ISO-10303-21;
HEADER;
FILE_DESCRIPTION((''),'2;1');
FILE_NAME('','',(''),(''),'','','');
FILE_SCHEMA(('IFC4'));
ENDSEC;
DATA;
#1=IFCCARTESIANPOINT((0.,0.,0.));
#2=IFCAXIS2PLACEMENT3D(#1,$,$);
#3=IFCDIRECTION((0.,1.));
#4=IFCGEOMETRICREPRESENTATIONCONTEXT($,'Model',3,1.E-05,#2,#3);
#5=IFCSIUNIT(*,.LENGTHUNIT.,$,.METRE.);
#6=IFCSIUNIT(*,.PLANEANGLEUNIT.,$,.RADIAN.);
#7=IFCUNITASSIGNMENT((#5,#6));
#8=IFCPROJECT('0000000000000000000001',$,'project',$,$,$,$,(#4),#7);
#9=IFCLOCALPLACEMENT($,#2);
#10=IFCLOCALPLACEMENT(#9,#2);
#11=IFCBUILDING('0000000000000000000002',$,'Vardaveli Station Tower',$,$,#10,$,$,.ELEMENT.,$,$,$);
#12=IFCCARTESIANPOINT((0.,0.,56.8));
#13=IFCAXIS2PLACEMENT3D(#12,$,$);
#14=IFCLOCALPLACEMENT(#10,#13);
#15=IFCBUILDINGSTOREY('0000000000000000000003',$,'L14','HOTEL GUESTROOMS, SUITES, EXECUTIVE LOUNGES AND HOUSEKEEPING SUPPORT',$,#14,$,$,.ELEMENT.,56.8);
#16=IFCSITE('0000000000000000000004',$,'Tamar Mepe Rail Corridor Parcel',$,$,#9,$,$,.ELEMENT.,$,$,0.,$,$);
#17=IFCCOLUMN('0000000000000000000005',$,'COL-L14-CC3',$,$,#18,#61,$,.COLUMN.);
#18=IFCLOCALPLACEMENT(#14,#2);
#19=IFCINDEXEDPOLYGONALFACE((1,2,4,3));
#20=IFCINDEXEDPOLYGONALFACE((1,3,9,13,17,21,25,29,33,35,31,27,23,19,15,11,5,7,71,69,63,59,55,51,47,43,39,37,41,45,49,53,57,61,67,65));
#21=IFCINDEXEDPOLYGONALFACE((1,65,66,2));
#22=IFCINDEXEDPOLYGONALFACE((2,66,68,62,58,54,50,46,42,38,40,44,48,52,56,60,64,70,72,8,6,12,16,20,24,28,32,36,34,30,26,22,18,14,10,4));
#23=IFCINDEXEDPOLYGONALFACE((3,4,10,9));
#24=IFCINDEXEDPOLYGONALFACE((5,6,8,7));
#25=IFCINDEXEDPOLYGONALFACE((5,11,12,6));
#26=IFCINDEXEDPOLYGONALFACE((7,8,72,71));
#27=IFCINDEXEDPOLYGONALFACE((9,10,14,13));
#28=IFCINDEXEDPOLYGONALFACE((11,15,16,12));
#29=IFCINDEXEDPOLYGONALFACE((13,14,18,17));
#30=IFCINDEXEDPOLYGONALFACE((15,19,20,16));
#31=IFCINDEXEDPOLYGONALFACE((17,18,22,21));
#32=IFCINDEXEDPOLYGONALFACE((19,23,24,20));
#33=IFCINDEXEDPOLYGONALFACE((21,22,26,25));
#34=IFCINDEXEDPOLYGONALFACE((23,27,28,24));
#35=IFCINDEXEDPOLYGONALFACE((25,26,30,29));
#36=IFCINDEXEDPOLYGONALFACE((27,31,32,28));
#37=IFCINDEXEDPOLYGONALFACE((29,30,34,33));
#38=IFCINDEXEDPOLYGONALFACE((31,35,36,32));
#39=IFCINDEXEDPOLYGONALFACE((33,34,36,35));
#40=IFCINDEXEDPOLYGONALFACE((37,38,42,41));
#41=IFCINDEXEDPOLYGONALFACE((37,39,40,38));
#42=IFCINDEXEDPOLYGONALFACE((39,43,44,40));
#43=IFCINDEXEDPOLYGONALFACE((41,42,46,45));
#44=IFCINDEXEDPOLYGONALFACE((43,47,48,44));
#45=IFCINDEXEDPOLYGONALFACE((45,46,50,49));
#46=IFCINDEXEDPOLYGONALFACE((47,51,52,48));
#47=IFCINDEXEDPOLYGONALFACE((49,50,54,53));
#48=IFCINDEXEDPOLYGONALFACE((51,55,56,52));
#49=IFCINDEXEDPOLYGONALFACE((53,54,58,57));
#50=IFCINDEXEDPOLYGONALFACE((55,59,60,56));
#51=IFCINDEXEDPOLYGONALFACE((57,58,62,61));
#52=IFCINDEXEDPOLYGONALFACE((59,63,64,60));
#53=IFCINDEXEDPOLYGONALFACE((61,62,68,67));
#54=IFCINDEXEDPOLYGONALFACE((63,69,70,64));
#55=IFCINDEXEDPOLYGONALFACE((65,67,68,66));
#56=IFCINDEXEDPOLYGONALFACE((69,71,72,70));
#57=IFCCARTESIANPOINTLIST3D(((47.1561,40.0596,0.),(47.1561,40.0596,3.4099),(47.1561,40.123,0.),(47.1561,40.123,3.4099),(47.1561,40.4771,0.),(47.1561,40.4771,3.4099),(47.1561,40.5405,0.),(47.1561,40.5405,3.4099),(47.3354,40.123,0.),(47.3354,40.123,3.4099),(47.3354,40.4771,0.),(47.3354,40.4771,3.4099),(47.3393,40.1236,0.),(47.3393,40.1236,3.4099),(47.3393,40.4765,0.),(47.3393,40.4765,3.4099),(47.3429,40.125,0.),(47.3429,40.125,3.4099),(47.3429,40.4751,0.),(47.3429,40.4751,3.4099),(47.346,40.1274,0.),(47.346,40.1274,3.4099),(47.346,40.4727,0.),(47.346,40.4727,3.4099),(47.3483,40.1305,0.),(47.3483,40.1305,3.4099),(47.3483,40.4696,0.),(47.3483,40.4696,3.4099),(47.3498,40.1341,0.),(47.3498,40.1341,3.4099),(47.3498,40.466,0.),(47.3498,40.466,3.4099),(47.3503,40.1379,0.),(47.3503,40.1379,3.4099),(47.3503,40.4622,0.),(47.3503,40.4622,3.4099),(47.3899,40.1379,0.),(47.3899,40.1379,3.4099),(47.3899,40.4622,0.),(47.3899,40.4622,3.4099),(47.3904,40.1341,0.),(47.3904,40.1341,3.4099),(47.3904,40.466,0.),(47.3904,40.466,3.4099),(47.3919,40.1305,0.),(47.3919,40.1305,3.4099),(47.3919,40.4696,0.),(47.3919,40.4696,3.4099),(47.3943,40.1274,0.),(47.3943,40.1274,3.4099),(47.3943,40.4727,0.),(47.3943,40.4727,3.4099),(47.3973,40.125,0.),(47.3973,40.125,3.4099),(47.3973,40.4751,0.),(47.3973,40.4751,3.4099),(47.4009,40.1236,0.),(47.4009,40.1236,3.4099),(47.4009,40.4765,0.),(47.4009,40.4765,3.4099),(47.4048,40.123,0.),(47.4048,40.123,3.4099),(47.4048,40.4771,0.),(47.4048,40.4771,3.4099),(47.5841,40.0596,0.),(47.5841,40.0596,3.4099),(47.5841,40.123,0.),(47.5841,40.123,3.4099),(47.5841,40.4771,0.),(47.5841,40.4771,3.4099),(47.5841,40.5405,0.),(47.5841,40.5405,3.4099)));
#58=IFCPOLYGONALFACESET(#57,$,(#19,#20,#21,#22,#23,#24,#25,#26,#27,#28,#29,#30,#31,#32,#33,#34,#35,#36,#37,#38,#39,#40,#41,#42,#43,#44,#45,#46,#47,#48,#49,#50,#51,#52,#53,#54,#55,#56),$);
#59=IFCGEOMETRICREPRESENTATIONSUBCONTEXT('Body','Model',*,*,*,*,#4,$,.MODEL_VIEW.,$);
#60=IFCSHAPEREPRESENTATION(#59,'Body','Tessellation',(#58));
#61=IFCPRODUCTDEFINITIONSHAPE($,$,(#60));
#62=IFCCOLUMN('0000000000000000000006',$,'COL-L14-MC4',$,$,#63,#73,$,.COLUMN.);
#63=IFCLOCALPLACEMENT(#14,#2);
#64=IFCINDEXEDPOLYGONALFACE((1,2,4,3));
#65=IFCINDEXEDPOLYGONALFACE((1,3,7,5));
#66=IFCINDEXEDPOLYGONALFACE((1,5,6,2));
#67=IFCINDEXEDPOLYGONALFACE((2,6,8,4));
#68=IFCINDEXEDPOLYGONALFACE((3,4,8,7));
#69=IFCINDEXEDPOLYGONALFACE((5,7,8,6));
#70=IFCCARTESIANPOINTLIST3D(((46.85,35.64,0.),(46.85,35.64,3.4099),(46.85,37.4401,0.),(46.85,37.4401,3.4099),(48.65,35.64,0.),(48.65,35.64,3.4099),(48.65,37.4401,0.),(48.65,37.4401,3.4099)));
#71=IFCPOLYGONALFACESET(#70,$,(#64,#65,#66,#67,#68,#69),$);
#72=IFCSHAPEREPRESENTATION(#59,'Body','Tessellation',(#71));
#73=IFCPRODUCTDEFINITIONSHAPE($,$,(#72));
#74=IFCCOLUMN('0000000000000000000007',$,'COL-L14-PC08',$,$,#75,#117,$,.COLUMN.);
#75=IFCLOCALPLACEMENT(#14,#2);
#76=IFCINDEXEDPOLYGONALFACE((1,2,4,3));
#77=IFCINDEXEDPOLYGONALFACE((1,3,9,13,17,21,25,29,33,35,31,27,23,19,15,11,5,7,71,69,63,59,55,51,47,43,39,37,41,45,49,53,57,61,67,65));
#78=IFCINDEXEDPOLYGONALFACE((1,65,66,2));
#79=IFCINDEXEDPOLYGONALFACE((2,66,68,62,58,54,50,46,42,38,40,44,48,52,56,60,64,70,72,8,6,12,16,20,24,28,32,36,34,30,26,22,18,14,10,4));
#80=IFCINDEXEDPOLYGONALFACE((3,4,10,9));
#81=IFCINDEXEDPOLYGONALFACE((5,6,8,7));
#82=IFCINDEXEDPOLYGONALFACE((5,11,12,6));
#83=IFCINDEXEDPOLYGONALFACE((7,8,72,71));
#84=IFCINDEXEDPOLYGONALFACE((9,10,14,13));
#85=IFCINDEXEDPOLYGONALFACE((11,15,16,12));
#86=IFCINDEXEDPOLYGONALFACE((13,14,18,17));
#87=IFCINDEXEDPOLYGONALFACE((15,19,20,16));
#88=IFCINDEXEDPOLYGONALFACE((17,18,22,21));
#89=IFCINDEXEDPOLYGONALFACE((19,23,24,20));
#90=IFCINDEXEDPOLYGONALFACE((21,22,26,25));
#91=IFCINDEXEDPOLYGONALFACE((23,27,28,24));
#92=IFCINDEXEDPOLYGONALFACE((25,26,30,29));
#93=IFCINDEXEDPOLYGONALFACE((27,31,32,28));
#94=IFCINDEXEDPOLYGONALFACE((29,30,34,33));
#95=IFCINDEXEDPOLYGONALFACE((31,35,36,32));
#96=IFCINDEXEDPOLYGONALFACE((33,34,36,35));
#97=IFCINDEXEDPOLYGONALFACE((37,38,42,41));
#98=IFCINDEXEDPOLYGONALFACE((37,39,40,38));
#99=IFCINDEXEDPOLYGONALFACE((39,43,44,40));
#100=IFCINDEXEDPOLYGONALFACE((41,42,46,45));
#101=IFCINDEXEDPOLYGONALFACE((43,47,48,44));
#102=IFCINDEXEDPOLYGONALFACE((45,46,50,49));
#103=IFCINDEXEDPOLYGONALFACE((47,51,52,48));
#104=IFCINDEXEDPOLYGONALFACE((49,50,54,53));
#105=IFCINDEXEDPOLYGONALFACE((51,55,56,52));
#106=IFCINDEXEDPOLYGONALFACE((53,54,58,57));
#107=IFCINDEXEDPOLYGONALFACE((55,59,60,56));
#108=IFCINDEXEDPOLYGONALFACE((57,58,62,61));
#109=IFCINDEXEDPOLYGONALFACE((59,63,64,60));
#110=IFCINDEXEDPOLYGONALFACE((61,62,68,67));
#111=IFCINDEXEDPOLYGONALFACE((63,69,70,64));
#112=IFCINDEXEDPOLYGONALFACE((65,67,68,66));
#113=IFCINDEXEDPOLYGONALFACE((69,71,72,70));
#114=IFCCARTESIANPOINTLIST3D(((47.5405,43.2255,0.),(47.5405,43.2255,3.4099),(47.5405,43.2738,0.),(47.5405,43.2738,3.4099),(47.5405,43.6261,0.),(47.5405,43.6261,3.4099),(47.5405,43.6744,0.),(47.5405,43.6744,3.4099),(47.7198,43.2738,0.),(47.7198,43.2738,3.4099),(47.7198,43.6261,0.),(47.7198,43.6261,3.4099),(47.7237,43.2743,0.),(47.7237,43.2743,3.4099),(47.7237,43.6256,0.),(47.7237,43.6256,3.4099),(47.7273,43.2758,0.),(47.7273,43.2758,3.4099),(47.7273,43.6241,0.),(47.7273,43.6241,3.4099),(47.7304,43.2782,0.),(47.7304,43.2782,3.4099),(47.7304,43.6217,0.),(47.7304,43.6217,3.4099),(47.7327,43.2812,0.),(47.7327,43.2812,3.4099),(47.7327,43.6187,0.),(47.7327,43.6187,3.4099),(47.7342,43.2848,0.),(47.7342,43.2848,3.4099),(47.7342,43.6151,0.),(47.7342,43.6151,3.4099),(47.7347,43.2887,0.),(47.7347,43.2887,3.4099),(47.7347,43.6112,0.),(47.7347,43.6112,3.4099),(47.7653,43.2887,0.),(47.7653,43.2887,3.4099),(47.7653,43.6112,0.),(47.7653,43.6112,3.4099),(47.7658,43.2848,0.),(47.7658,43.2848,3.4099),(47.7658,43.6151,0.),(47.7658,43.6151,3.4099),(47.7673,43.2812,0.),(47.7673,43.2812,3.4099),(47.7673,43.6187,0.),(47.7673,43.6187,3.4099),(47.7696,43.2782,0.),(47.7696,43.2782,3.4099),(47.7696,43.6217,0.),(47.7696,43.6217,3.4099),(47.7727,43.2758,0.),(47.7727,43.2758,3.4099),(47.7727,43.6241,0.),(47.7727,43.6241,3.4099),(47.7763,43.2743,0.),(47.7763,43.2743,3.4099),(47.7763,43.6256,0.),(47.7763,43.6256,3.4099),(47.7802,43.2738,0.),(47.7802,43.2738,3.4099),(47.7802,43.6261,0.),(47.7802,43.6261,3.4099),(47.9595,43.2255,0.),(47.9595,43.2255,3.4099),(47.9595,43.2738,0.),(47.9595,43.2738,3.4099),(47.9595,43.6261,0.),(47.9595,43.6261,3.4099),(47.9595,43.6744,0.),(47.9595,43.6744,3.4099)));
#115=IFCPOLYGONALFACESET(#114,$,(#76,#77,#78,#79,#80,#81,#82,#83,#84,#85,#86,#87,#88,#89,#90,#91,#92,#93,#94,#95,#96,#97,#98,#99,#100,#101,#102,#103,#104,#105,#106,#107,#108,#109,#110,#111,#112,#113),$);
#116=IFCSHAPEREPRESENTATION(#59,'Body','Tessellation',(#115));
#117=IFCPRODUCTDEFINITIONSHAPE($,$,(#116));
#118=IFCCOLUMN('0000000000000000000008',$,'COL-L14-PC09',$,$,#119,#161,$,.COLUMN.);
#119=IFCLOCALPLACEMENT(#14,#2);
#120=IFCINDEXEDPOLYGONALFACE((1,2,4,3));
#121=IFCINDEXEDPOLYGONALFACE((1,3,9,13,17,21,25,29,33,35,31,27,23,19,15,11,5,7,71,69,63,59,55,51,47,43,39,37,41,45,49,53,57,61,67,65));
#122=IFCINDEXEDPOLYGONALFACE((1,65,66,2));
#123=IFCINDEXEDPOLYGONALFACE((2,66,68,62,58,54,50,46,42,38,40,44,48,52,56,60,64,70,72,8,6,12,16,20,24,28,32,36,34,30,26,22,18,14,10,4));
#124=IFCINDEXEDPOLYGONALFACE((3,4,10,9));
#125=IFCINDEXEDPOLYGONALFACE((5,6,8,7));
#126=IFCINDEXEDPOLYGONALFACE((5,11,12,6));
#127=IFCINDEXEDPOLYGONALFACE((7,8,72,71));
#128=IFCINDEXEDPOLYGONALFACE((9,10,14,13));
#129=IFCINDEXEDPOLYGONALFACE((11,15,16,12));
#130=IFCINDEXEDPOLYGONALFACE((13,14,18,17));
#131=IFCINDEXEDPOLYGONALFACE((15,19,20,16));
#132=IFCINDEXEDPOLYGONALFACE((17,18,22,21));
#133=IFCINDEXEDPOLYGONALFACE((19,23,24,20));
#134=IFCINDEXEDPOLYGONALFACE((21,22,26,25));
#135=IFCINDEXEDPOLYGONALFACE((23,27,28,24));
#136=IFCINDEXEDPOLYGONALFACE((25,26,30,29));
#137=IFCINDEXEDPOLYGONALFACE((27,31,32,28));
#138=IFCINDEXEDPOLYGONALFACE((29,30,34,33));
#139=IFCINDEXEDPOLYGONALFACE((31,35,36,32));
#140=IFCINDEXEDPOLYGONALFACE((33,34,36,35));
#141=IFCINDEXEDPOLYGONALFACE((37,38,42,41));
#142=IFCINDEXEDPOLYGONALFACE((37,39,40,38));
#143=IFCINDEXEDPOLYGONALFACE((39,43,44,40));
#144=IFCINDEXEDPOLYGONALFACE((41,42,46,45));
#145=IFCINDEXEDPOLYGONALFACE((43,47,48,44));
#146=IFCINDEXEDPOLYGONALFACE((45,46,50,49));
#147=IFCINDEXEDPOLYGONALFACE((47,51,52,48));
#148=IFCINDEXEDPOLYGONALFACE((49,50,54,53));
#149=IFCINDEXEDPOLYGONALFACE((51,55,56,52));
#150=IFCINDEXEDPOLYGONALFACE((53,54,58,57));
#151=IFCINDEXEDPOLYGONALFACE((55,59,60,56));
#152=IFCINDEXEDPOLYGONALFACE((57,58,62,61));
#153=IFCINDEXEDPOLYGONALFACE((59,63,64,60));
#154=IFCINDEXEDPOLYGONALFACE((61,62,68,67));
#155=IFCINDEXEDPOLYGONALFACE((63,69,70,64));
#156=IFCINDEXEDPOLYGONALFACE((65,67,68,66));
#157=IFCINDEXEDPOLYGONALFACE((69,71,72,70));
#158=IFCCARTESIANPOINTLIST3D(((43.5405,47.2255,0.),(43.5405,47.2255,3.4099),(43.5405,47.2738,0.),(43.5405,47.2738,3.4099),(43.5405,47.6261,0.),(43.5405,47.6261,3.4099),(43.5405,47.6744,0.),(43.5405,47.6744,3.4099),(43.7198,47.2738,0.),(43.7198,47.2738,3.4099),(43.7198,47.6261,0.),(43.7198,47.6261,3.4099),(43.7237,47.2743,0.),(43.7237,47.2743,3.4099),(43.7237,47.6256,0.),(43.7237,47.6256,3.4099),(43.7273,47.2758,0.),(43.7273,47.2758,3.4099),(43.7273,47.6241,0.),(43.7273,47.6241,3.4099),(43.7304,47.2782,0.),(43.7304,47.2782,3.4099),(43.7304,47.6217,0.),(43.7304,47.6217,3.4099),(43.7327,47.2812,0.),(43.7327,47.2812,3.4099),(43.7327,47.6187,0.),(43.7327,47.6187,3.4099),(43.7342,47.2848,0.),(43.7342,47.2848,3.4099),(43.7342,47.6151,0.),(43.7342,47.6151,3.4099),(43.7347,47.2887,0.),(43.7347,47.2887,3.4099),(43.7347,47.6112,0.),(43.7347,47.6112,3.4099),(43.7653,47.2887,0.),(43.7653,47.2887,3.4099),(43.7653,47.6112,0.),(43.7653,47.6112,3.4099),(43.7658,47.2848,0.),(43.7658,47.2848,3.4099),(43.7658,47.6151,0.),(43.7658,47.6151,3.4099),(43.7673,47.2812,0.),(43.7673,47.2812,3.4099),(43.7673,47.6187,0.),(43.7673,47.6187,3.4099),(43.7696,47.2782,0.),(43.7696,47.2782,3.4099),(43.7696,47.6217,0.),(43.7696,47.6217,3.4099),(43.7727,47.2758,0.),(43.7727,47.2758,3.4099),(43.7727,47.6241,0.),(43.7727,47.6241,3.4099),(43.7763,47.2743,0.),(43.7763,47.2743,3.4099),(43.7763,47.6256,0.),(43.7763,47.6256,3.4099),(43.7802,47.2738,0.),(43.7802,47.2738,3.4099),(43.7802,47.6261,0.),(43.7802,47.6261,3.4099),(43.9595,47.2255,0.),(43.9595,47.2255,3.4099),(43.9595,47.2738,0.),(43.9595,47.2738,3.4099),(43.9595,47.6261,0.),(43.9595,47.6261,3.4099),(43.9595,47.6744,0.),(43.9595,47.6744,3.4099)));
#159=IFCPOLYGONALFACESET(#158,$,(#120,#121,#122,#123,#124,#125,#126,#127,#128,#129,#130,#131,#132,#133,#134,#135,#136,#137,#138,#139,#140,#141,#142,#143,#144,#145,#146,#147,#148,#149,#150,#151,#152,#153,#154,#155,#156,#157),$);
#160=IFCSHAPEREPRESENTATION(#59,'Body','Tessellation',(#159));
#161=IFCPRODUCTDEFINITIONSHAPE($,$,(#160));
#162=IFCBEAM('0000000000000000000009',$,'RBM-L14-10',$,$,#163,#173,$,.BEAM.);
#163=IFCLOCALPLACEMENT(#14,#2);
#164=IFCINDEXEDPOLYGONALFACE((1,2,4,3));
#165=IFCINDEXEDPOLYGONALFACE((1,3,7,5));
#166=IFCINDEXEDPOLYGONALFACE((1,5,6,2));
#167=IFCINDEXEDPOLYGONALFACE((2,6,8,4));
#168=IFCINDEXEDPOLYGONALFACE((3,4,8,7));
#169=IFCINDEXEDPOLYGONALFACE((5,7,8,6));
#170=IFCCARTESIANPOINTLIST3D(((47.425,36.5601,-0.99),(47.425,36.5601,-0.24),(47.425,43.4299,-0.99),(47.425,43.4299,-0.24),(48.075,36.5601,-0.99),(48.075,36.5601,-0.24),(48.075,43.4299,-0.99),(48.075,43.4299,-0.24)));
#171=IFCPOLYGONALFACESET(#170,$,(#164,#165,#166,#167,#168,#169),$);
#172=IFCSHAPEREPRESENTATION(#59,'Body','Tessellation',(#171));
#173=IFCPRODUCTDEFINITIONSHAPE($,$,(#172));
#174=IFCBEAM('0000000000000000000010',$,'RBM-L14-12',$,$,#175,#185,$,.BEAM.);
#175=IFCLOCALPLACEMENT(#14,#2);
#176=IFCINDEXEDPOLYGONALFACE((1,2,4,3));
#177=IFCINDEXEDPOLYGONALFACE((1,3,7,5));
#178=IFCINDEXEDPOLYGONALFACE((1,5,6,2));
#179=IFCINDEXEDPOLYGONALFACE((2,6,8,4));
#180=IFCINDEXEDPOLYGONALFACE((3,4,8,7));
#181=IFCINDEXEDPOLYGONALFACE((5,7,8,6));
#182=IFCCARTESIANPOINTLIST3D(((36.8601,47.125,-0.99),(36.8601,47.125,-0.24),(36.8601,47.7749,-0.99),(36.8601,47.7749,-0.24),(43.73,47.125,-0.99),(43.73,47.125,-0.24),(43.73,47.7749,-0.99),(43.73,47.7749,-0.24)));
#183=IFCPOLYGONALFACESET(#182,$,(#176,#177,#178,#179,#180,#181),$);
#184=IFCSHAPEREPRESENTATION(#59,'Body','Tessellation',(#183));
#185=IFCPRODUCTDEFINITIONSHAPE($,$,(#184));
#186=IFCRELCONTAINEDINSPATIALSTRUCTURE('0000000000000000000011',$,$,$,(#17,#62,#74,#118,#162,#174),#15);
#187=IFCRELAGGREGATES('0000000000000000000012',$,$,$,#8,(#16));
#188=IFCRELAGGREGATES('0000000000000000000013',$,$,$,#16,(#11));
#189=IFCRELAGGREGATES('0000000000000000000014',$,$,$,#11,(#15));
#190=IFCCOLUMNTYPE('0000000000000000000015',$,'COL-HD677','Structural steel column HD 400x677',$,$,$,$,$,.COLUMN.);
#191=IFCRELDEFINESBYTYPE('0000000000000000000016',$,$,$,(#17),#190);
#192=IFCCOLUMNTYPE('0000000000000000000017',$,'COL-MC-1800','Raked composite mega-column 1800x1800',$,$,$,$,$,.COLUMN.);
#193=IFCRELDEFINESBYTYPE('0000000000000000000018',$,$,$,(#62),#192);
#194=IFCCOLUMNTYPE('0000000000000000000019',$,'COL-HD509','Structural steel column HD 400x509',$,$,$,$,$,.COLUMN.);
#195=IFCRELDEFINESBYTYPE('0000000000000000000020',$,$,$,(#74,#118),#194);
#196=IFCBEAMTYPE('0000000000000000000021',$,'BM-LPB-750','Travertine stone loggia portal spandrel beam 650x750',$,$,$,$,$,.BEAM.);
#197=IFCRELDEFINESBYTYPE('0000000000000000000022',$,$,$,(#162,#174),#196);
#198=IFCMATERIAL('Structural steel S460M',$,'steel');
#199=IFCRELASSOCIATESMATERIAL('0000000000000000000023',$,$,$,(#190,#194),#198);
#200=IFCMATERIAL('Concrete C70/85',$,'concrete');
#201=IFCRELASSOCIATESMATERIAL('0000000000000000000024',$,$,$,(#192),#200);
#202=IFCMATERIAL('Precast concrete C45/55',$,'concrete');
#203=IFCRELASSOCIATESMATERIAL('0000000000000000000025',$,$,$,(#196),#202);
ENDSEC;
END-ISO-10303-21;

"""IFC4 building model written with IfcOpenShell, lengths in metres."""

from ifc_helpers import new_model, si_unit, direction, frame, origin, origin_2d, place, context, subcontext, project, spatial, rectangle, i_section, extrude, source, transform, mapped, material, material_profile, profile_set, type_object, element, save


model = new_model("IFC4")

# Units and contexts
model_context = context("Model", 3, precision=1e-05, world=origin(), true_north=direction((0.0, 1.0)))
body_context = subcontext(model_context, "Body", "Model", "MODEL_VIEW")
ifc_project = project(units=[si_unit("LENGTHUNIT", "METRE"), si_unit("PLANEANGLEUNIT", "RADIAN")], contexts=[model_context])

# Site, building, storey
site_placement = place(None, origin())
site = spatial("IfcSite", under=ifc_project, at=site_placement, Name="Tamar Mepe Rail Corridor Parcel", CompositionType="ELEMENT", RefElevation=0.0)
building_placement = place(site_placement, origin())
building = spatial("IfcBuilding", under=site, at=building_placement, Name="Vardaveli Station Tower", CompositionType="ELEMENT")
storey_placement = place(building_placement, frame((0.0, 0.0, 56.8)))
storey = spatial("IfcBuildingStorey", under=building, at=storey_placement, Name="L14", Description="HOTEL GUESTROOMS, SUITES, EXECUTIVE LOUNGES AND HOUSEKEEPING SUPPORT", CompositionType="ELEMENT", Elevation=56.8)

# Columns
ifc_material_1 = material(Name="Structural steel S460M", Category="steel")
ifc_material_profile_1 = material_profile(ifc_material_1, i_section(OverallWidth=0.428, OverallDepth=0.481, WebThickness=0.0396, FlangeThickness=0.0635, FilletRadius=0.0149, at=origin_2d()), Name="HD 400x677")
ifc_profile_set_1 = profile_set([ifc_material_profile_1], Name="Structural steel S460M")
column_type_1 = type_object("IfcColumnType", Name="COL-HD677", Description="Structural steel column HD 400x677", PredefinedType="COLUMN", material=ifc_profile_set_1)
shared_shape_1 = source(origin(), body_context, "Body", "SweptSolid", [
    extrude(i_section(OverallWidth=0.428, OverallDepth=0.481, WebThickness=0.0396, FlangeThickness=0.0635, FilletRadius=0.0149, at=origin_2d()), origin(), (0.0, 0.0, 1.0), 3.4099),
])
column_1_placement = place(storey_placement, frame((47.3701, 40.3, 0.0), z_axis=(0.0, 0.0, 1.0), x_axis=(1.0, 0.0, 0.0)))
element("IfcColumn", 1, at=column_1_placement, inside=storey, type_object=column_type_1, Name="COL-L14-CC3", PredefinedType="COLUMN", context=body_context, shape_type="MappedRepresentation", body=[
    mapped(shared_shape_1, transform((0.0, 0.0, 0.0), scale=1.0)),
])
ifc_material_2 = material(Name="Concrete C70/85", Category="concrete")
ifc_material_profile_2 = material_profile(ifc_material_2, rectangle(XDim=1.8, YDim=1.8, at=origin_2d()), Name="MC 1800x1800")
ifc_profile_set_2 = profile_set([ifc_material_profile_2], Name="Concrete C70/85")
column_type_2 = type_object("IfcColumnType", Name="COL-MC-1800", Description="Raked composite mega-column 1800x1800", PredefinedType="COLUMN", material=ifc_profile_set_2)
shared_shape_2 = source(origin(), body_context, "Body", "SweptSolid", [
    extrude(rectangle(XDim=1.8, YDim=1.8, at=origin_2d()), origin(), (0.0, 0.0, 1.0), 3.4099),
])
column_2_placement = place(storey_placement, frame((47.75, 36.54, 0.0), z_axis=(0.0, 0.0, 1.0), x_axis=(1.0, 0.0, 0.0)))
element("IfcColumn", 2, at=column_2_placement, inside=storey, type_object=column_type_2, Name="COL-L14-MC4", PredefinedType="COLUMN", context=body_context, shape_type="MappedRepresentation", body=[
    mapped(shared_shape_2, transform((0.0, 0.0, 0.0), scale=1.0)),
])
ifc_material_profile_3 = material_profile(ifc_material_1, i_section(OverallWidth=0.4189, OverallDepth=0.449, WebThickness=0.0305, FlangeThickness=0.0483, FilletRadius=0.0149, at=origin_2d()), Name="HD 400x509")
ifc_profile_set_3 = profile_set([ifc_material_profile_3], Name="Structural steel S460M")
column_type_3 = type_object("IfcColumnType", Name="COL-HD509", Description="Structural steel column HD 400x509", PredefinedType="COLUMN", material=ifc_profile_set_3)
shared_shape_3 = source(origin(), body_context, "Body", "SweptSolid", [
    extrude(i_section(OverallWidth=0.4189, OverallDepth=0.449, WebThickness=0.0305, FlangeThickness=0.0483, FilletRadius=0.0149, at=origin_2d()), origin(), (0.0, 0.0, 1.0), 3.4099),
])
for number, where, z_axis, x_axis, name in (
    (3, (47.75, 43.45, 0.0), (0.0, 0.0, 1.0), (1.0, 0.0, 0.0), "COL-L14-PC08"),
    (4, (43.75, 47.45, 0.0), (0.0, 0.0, 1.0), (1.0, 0.0, 0.0), "COL-L14-PC09"),
):
    element("IfcColumn", number, at=place(storey_placement, frame(where, z_axis=z_axis, x_axis=x_axis)), inside=storey, type_object=column_type_3, Name=name, PredefinedType="COLUMN", context=body_context, shape_type="MappedRepresentation", body=[
        mapped(shared_shape_3, transform((0.0, 0.0, 0.0), scale=1.0)),
    ])

# Beams
ifc_material_3 = material(Name="Precast concrete C45/55", Category="concrete")
ifc_material_profile_4 = material_profile(ifc_material_3, rectangle(XDim=0.6499, YDim=0.75, at=origin_2d()), Name="LPB 650x750")
ifc_profile_set_4 = profile_set([ifc_material_profile_4], Name="Precast concrete C45/55")
beam_type = type_object("IfcBeamType", Name="BM-LPB-750", Description="Travertine stone loggia portal spandrel beam 650x750", PredefinedType="BEAM", material=ifc_profile_set_4)
shared_shape_4 = source(origin(), body_context, "Body", "SweptSolid", [
    extrude(rectangle(XDim=0.6499, YDim=0.75, at=origin_2d()), origin(), (0.0, 0.0, 1.0), 6.8699),
])
for number, where, z_axis, x_axis, name in (
    (5, (47.75, 36.5601, -0.615), (0.0, 1.0, 0.0), (-1.0, 0.0, 0.0), "RBM-L14-10"),
    (6, (43.73, 47.45, -0.615), (-1.0, 0.0, 0.0), (0.0, -1.0, 0.0), "RBM-L14-12"),
):
    element("IfcBeam", number, at=place(storey_placement, frame(where, z_axis=z_axis, x_axis=x_axis)), inside=storey, type_object=beam_type, Name=name, PredefinedType="BEAM", context=body_context, shape_type="MappedRepresentation", body=[
        mapped(shared_shape_4, transform((0.0, 0.0, 0.0), scale=1.0)),
    ])

save(model, "model.ifc")
